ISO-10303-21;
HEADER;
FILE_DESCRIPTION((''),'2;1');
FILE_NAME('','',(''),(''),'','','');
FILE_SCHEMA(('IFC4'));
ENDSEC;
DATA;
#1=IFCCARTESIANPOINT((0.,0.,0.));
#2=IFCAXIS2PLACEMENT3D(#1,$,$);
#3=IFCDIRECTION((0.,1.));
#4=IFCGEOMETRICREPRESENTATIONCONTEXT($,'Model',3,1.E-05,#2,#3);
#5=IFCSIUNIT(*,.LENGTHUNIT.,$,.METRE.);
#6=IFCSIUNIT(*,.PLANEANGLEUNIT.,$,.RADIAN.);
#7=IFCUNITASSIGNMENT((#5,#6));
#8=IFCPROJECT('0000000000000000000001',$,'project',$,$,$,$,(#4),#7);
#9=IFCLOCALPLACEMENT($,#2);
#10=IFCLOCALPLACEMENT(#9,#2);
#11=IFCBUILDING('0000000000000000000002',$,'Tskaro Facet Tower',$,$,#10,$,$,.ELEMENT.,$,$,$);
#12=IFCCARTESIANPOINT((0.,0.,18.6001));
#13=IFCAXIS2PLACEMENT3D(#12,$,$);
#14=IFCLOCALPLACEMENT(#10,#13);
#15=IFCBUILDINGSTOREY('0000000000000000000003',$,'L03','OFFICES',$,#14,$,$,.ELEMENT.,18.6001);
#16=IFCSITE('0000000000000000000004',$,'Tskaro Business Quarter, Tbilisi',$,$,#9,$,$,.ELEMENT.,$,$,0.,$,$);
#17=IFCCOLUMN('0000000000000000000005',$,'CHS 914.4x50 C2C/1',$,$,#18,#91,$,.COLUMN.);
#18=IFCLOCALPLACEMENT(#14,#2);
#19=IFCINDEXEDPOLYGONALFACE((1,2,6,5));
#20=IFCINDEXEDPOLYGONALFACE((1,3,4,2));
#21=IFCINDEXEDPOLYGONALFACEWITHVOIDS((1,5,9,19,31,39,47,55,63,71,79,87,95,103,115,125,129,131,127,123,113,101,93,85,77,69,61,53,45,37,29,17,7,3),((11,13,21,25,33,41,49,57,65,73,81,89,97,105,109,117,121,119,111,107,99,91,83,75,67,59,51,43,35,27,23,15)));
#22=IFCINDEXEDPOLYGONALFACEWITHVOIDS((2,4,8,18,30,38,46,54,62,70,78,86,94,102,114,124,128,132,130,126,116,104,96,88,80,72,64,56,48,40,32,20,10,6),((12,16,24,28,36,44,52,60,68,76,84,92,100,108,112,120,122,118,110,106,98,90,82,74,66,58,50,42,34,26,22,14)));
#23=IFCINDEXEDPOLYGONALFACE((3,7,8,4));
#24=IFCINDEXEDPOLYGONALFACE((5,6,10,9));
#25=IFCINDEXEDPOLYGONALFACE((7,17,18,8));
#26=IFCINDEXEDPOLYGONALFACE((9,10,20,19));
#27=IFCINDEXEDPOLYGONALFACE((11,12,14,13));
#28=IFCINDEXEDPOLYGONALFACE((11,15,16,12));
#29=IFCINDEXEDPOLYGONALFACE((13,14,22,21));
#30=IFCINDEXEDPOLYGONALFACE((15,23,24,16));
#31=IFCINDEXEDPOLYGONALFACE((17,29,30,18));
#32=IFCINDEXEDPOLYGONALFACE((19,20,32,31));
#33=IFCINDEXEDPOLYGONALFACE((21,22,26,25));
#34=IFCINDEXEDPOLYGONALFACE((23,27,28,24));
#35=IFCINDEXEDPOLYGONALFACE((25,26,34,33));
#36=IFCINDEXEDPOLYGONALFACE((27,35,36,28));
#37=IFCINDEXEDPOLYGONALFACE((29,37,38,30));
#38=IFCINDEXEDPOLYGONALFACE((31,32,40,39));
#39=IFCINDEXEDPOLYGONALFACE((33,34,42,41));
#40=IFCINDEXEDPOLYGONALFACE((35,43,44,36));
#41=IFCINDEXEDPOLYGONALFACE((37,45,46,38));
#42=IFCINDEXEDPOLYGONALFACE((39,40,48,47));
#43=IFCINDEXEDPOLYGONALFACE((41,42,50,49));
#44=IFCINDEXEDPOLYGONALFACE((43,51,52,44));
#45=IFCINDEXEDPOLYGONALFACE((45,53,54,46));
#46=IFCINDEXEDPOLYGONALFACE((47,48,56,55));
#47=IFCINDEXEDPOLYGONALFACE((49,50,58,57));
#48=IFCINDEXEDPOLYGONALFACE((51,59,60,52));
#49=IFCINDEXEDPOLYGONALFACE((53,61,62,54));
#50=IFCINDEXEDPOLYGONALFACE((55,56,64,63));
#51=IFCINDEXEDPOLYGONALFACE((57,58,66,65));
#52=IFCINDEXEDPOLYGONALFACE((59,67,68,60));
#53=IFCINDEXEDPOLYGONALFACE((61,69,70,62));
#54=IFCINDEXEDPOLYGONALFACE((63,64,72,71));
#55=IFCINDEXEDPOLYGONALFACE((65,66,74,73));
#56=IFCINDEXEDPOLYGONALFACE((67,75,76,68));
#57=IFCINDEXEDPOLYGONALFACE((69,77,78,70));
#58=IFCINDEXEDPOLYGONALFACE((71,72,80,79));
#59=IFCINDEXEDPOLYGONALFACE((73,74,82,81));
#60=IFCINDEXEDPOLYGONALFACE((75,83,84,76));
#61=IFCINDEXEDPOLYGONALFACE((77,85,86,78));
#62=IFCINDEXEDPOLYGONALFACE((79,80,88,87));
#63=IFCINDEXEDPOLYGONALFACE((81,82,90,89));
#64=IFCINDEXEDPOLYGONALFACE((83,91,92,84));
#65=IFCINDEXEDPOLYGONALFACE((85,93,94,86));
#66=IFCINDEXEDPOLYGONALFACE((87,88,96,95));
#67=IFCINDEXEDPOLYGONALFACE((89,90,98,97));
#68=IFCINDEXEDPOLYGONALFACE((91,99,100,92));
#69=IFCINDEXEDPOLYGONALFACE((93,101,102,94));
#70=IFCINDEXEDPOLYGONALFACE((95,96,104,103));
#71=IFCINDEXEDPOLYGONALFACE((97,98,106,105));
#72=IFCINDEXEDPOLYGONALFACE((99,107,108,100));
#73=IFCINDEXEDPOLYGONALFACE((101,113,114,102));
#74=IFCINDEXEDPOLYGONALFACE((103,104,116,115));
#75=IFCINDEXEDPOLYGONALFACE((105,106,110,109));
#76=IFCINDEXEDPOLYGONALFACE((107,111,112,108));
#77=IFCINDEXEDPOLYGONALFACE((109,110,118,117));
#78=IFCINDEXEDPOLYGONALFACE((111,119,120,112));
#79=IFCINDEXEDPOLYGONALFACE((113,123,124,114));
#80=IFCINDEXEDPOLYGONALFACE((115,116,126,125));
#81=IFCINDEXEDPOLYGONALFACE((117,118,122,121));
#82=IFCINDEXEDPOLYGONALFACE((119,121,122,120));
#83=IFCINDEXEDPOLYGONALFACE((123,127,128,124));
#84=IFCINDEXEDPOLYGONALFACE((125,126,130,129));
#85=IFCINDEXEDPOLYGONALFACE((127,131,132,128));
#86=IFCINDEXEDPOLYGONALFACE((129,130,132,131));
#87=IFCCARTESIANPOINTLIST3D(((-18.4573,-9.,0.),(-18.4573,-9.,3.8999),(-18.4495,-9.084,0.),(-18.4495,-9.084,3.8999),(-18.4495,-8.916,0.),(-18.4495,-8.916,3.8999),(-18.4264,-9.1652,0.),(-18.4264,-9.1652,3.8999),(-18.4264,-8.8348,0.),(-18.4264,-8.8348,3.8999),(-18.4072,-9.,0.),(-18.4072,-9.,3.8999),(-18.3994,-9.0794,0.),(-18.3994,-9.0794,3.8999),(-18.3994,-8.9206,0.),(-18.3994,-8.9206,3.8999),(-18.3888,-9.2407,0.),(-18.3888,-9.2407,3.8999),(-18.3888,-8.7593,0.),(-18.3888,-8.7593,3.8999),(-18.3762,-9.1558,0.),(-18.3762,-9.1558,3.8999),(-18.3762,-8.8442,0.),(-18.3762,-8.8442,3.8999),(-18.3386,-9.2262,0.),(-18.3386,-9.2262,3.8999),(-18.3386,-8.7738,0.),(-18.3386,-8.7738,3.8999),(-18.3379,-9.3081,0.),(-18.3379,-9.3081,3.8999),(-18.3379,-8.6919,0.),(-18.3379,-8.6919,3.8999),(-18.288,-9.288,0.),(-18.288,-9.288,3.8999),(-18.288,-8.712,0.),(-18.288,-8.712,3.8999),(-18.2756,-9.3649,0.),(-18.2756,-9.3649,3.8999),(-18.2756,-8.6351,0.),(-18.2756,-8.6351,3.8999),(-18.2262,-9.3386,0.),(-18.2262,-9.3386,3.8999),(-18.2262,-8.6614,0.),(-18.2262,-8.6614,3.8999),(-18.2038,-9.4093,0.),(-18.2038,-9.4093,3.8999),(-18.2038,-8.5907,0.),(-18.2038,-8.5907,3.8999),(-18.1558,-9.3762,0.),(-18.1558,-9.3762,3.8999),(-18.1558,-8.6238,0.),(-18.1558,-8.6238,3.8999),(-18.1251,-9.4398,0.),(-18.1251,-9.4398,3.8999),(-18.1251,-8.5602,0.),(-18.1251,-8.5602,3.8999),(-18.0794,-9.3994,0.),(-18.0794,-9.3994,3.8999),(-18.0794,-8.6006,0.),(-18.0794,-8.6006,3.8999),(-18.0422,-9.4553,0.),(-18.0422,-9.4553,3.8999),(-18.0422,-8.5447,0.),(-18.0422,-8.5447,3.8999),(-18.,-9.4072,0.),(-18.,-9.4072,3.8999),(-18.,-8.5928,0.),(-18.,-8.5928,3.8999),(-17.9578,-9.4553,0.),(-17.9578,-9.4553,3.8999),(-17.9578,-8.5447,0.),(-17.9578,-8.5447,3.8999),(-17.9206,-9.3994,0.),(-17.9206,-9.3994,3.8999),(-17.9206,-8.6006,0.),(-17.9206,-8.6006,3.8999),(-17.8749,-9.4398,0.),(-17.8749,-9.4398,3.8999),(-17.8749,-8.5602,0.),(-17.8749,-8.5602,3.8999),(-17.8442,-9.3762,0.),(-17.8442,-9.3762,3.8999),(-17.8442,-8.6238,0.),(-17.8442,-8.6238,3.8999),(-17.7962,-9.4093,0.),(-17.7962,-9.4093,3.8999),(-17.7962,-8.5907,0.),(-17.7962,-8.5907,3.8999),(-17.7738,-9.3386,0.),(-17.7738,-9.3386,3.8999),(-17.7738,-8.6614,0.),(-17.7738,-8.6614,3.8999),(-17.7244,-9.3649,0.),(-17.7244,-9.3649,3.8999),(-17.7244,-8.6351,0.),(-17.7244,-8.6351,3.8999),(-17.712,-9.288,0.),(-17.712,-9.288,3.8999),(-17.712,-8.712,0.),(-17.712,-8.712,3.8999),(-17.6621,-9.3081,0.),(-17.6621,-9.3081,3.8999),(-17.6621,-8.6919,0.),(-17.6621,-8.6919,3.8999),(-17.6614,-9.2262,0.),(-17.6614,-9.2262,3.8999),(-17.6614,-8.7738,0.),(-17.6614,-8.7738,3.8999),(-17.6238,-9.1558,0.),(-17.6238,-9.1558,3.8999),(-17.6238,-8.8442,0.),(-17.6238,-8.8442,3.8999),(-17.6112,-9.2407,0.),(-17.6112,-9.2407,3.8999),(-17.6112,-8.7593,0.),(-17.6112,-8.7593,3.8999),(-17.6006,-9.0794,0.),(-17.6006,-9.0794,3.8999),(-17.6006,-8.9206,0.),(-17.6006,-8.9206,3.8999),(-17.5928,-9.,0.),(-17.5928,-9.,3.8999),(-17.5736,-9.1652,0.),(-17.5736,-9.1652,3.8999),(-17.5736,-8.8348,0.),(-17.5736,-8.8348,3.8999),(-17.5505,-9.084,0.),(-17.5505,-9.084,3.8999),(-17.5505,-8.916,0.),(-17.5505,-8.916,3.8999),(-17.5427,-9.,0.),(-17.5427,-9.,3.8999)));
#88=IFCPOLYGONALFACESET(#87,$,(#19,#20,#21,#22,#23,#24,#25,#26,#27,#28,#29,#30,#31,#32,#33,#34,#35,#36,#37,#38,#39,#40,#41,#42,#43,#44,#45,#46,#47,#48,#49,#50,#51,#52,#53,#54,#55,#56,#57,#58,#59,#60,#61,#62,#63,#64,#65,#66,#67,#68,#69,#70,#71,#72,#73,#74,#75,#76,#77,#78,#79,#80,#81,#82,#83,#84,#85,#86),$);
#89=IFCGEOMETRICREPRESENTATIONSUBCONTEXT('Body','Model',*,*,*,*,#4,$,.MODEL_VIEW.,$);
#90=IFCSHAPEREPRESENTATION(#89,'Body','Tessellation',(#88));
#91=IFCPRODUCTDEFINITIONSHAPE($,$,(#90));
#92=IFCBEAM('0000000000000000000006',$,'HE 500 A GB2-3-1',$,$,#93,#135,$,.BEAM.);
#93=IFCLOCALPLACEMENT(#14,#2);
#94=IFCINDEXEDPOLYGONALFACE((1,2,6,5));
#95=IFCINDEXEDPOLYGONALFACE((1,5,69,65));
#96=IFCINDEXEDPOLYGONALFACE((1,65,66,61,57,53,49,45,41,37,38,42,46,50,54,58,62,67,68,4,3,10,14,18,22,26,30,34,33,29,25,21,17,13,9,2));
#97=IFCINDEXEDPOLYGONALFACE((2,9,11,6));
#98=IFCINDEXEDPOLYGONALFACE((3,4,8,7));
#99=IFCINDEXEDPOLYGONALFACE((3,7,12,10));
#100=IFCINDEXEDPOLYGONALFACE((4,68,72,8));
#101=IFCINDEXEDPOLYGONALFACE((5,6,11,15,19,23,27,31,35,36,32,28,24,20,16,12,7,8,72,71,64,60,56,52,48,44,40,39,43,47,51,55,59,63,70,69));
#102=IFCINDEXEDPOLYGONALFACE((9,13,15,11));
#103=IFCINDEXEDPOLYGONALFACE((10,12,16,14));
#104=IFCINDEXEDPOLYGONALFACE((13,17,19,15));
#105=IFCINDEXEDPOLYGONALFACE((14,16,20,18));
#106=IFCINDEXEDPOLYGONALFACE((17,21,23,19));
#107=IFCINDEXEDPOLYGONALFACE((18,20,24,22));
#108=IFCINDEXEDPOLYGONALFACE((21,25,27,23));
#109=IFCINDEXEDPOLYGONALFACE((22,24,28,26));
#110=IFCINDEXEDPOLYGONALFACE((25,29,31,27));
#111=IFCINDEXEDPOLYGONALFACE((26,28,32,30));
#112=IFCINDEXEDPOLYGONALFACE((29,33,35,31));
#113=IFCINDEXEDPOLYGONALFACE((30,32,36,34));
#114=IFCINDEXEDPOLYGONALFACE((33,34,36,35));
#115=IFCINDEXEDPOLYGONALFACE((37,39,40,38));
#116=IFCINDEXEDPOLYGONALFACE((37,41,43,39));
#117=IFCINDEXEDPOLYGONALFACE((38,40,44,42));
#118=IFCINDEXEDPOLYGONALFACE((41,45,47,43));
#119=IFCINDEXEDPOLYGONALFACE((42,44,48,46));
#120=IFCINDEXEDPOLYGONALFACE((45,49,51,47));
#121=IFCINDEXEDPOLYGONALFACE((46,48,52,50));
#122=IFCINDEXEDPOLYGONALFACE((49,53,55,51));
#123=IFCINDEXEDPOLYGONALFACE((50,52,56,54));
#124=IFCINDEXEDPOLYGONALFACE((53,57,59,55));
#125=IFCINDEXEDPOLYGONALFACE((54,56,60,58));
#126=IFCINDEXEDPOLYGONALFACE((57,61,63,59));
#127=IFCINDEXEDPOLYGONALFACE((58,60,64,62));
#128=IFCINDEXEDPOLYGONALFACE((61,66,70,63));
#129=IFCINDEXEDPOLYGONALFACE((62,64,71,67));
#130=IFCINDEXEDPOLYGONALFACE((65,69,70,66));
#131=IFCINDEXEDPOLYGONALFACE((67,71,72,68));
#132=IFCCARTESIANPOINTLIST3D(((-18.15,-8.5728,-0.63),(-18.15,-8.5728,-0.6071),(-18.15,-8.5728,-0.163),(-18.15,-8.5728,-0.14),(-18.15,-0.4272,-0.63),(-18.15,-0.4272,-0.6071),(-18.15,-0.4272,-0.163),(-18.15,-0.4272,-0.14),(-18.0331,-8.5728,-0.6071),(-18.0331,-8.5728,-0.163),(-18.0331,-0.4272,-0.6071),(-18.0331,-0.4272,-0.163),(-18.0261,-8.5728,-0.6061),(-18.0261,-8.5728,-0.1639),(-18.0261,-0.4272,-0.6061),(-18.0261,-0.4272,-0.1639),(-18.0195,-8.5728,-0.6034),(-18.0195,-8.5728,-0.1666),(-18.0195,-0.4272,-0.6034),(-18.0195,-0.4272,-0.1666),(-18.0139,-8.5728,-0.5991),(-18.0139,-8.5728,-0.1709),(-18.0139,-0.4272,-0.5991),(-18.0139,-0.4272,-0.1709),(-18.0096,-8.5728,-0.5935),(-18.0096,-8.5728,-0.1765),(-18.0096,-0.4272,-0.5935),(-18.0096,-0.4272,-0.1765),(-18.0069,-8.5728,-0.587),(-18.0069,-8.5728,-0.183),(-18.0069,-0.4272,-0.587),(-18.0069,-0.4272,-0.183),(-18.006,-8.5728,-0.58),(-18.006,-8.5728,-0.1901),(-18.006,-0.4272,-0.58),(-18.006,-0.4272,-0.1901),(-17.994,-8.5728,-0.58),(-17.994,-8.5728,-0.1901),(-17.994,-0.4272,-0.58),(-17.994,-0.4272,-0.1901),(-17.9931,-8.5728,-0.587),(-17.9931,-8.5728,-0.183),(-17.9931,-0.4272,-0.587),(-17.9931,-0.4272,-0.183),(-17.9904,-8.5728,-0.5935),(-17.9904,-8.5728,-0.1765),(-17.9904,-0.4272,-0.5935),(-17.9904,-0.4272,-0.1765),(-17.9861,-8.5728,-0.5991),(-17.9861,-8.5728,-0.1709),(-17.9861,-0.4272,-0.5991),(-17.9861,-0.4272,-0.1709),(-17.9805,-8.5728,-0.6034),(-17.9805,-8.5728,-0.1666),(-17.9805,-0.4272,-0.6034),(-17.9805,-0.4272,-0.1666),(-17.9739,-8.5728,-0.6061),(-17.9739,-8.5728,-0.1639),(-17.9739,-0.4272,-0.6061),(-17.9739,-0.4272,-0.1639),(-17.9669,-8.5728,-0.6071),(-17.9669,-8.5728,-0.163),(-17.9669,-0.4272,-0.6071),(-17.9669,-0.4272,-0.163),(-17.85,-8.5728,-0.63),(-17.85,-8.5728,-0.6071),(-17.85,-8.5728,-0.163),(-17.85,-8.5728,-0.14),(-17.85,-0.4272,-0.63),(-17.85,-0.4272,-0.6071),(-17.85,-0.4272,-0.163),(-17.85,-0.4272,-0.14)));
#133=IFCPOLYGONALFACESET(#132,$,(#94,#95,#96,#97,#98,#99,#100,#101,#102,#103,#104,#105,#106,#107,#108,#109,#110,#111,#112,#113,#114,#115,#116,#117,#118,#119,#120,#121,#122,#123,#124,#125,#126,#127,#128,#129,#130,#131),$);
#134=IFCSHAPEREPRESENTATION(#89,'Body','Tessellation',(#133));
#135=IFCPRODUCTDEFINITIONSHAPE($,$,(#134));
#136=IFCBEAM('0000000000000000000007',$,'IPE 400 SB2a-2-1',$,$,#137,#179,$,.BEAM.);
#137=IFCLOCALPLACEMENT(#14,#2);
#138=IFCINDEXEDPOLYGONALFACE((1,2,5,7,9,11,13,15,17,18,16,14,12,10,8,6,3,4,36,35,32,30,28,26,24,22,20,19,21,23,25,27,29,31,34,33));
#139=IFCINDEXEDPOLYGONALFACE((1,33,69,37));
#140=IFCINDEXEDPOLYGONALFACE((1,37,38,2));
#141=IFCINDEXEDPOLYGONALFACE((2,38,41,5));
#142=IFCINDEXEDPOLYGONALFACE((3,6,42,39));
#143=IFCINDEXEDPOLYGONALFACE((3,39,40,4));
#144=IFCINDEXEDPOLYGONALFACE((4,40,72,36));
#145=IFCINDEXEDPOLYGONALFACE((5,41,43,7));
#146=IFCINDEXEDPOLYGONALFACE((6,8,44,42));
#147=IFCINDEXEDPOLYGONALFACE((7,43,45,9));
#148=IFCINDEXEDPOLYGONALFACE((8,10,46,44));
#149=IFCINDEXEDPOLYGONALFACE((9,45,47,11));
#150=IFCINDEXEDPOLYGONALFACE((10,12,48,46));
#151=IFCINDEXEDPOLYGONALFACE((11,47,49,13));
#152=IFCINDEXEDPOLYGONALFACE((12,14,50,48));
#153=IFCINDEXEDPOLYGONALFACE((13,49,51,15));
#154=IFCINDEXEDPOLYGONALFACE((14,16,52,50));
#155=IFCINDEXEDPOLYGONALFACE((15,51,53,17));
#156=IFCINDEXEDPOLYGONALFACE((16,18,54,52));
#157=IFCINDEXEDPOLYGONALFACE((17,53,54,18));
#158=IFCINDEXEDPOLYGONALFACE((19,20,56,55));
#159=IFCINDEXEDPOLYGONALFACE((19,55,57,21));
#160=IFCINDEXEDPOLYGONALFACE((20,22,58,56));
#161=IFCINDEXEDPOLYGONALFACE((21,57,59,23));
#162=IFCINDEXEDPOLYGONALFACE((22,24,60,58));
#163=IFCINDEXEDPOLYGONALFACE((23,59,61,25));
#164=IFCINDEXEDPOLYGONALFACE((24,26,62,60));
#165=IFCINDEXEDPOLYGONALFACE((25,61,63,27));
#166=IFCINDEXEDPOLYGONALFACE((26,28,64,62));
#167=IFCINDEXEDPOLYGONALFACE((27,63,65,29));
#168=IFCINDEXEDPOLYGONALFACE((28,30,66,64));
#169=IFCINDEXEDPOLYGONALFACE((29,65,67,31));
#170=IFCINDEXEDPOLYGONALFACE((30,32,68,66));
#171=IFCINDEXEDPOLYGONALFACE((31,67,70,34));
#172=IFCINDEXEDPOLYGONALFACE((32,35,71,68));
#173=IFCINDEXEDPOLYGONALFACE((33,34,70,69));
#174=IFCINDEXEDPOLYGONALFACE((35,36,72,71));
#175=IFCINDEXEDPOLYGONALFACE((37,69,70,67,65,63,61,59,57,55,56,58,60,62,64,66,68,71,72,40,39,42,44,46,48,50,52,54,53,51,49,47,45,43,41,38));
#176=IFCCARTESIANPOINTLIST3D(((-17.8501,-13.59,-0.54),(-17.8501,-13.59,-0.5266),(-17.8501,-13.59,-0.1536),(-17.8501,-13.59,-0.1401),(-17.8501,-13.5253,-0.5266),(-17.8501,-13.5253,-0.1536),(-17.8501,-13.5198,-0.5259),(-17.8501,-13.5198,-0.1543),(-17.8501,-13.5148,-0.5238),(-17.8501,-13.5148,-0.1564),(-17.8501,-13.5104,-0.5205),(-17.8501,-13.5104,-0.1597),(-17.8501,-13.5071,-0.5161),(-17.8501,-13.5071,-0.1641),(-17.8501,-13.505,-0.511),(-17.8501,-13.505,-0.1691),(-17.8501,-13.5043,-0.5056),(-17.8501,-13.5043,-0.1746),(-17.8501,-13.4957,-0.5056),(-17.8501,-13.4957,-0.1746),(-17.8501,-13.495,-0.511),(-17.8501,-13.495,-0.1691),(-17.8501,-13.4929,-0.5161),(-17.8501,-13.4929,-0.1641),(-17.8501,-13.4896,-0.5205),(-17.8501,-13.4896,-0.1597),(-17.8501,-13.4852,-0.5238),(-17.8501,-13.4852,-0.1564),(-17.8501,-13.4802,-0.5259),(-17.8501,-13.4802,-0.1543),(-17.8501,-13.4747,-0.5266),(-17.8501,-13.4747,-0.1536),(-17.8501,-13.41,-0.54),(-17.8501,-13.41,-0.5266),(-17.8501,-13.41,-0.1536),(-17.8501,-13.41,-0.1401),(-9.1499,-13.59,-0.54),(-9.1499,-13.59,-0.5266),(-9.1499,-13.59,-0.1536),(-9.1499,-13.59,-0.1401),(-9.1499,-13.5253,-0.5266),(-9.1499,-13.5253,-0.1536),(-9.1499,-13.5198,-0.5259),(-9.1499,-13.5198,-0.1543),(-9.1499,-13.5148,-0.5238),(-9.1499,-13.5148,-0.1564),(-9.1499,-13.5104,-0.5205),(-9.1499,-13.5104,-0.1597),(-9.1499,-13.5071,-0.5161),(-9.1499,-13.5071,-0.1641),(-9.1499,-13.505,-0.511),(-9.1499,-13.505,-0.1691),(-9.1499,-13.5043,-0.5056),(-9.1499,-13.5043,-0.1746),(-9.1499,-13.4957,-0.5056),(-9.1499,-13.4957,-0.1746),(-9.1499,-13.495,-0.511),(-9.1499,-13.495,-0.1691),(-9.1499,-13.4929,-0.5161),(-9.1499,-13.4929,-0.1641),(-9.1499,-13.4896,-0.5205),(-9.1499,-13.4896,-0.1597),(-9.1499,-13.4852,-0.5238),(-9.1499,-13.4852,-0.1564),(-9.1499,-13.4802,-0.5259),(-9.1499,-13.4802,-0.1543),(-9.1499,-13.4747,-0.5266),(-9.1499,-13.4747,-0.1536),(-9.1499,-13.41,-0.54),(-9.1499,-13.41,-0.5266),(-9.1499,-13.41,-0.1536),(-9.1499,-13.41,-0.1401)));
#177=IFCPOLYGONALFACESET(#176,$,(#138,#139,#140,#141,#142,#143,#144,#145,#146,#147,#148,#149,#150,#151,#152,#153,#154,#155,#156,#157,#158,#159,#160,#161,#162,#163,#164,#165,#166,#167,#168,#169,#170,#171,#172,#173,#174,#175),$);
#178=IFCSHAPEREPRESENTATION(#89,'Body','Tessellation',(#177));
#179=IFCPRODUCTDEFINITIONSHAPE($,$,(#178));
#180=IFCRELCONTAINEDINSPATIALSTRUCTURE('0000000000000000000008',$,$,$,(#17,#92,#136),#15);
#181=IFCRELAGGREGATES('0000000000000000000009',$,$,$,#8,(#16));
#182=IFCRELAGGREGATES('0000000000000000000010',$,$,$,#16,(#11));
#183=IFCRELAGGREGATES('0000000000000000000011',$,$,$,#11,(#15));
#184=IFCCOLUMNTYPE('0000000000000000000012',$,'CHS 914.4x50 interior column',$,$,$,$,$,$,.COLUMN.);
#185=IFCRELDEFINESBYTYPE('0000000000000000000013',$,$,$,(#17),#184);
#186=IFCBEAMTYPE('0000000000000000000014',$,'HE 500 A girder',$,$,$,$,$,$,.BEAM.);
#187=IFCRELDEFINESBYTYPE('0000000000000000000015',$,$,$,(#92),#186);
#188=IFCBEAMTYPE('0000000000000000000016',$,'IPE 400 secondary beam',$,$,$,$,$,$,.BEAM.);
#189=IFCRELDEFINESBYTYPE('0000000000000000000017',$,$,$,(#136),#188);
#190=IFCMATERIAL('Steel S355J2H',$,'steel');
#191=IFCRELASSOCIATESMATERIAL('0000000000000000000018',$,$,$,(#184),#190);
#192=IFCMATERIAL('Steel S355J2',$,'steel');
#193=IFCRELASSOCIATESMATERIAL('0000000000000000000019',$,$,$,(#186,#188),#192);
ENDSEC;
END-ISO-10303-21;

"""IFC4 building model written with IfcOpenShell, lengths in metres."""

from ifc_helpers import new_model, si_unit, direction, frame, origin, origin_2d, place, context, subcontext, project, spatial, hollow_circle, i_section, extrude, material, material_profile, profile_set, type_object, element, save


model = new_model("IFC4")

# Units and contexts
model_context = context("Model", 3, precision=1e-05, world=origin(), true_north=direction((0.0, 1.0)))
body_context = subcontext(model_context, "Body", "Model", "MODEL_VIEW")
ifc_project = project(units=[si_unit("LENGTHUNIT", "METRE"), si_unit("PLANEANGLEUNIT", "RADIAN")], contexts=[model_context])

# Site, building, storey
site_placement = place(None, origin())
site = spatial("IfcSite", under=ifc_project, at=site_placement, Name="Tskaro Business Quarter, Tbilisi", CompositionType="ELEMENT", RefElevation=0.0)
building_placement = place(site_placement, origin())
building = spatial("IfcBuilding", under=site, at=building_placement, Name="Tskaro Facet Tower", CompositionType="ELEMENT")
storey_placement = place(building_placement, frame((0.0, 0.0, 18.6001)))
storey = spatial("IfcBuildingStorey", under=building, at=storey_placement, Name="L03", Description="OFFICES", CompositionType="ELEMENT", Elevation=18.6001)

# Column
ifc_material_1 = material(Name="Steel S355J2H", Category="steel")
ifc_material_profile_1 = material_profile(ifc_material_1, hollow_circle(Radius=0.4573, WallThickness=0.05, at=origin_2d()), Name="CHS 914.4x50")
ifc_profile_set_1 = profile_set([ifc_material_profile_1], Name="Steel S355J2H")
column_type = type_object("IfcColumnType", Name="CHS 914.4x50 interior column", PredefinedType="COLUMN", material=ifc_profile_set_1)
column_placement = place(storey_placement, frame((-18.0, -9.0, 0.0), z_axis=(0.0, 0.0, 1.0), x_axis=(1.0, 0.0, 0.0)))
element("IfcColumn", 1, at=column_placement, inside=storey, type_object=column_type, Name="CHS 914.4x50 C2C/1", PredefinedType="COLUMN", context=body_context, shape_type="SweptSolid", body=[
    extrude(hollow_circle(Radius=0.4573, WallThickness=0.05, at=origin_2d()), origin(), (0.0, 0.0, 1.0), 3.8999),
])

# Beams
ifc_material_2 = material(Name="Steel S355J2", Category="steel")
ifc_material_profile_2 = material_profile(ifc_material_2, i_section(OverallWidth=0.3, OverallDepth=0.49, WebThickness=0.012, FlangeThickness=0.0229, FilletRadius=0.0271, at=origin_2d()), Name="HE 500 A")
ifc_profile_set_2 = profile_set([ifc_material_profile_2], Name="Steel S355J2")
beam_type_1 = type_object("IfcBeamType", Name="HE 500 A girder", PredefinedType="BEAM", material=ifc_profile_set_2)
beam_1_placement = place(storey_placement, frame((-18.0, -8.5728, -0.385), z_axis=(0.0, 1.0, 0.0), x_axis=(-1.0, 0.0, 0.0)))
element("IfcBeam", 2, at=beam_1_placement, inside=storey, type_object=beam_type_1, Name="HE 500 A GB2-3-1", PredefinedType="BEAM", context=body_context, shape_type="SweptSolid", body=[
    extrude(i_section(OverallWidth=0.3, OverallDepth=0.49, WebThickness=0.012, FlangeThickness=0.0229, FilletRadius=0.0271, at=origin_2d()), origin(), (0.0, 0.0, 1.0), 8.1455),
])
ifc_material_profile_3 = material_profile(ifc_material_2, i_section(OverallWidth=0.1799, OverallDepth=0.3999, WebThickness=0.0085, FlangeThickness=0.0134, FilletRadius=0.021, at=origin_2d()), Name="IPE 400")
ifc_profile_set_3 = profile_set([ifc_material_profile_3], Name="Steel S355J2")
beam_type_2 = type_object("IfcBeamType", Name="IPE 400 secondary beam", PredefinedType="BEAM", material=ifc_profile_set_3)
for number, where, z_axis, x_axis, name in (
    (3, (-17.8501, -13.5, -0.3401), (1.0, 0.0, 0.0), (0.0, 1.0, 0.0), "IPE 400 SB2a-2-1"),
):
    element("IfcBeam", number, at=place(storey_placement, frame(where, z_axis=z_axis, x_axis=x_axis)), inside=storey, type_object=beam_type_2, Name=name, PredefinedType="BEAM", context=body_context, shape_type="SweptSolid", body=[
        extrude(i_section(OverallWidth=0.1799, OverallDepth=0.3999, WebThickness=0.0085, FlangeThickness=0.0134, FilletRadius=0.021, at=origin_2d()), origin(), (0.0, 0.0, 1.0), 8.7002),
    ])

save(model, "model.ifc")
